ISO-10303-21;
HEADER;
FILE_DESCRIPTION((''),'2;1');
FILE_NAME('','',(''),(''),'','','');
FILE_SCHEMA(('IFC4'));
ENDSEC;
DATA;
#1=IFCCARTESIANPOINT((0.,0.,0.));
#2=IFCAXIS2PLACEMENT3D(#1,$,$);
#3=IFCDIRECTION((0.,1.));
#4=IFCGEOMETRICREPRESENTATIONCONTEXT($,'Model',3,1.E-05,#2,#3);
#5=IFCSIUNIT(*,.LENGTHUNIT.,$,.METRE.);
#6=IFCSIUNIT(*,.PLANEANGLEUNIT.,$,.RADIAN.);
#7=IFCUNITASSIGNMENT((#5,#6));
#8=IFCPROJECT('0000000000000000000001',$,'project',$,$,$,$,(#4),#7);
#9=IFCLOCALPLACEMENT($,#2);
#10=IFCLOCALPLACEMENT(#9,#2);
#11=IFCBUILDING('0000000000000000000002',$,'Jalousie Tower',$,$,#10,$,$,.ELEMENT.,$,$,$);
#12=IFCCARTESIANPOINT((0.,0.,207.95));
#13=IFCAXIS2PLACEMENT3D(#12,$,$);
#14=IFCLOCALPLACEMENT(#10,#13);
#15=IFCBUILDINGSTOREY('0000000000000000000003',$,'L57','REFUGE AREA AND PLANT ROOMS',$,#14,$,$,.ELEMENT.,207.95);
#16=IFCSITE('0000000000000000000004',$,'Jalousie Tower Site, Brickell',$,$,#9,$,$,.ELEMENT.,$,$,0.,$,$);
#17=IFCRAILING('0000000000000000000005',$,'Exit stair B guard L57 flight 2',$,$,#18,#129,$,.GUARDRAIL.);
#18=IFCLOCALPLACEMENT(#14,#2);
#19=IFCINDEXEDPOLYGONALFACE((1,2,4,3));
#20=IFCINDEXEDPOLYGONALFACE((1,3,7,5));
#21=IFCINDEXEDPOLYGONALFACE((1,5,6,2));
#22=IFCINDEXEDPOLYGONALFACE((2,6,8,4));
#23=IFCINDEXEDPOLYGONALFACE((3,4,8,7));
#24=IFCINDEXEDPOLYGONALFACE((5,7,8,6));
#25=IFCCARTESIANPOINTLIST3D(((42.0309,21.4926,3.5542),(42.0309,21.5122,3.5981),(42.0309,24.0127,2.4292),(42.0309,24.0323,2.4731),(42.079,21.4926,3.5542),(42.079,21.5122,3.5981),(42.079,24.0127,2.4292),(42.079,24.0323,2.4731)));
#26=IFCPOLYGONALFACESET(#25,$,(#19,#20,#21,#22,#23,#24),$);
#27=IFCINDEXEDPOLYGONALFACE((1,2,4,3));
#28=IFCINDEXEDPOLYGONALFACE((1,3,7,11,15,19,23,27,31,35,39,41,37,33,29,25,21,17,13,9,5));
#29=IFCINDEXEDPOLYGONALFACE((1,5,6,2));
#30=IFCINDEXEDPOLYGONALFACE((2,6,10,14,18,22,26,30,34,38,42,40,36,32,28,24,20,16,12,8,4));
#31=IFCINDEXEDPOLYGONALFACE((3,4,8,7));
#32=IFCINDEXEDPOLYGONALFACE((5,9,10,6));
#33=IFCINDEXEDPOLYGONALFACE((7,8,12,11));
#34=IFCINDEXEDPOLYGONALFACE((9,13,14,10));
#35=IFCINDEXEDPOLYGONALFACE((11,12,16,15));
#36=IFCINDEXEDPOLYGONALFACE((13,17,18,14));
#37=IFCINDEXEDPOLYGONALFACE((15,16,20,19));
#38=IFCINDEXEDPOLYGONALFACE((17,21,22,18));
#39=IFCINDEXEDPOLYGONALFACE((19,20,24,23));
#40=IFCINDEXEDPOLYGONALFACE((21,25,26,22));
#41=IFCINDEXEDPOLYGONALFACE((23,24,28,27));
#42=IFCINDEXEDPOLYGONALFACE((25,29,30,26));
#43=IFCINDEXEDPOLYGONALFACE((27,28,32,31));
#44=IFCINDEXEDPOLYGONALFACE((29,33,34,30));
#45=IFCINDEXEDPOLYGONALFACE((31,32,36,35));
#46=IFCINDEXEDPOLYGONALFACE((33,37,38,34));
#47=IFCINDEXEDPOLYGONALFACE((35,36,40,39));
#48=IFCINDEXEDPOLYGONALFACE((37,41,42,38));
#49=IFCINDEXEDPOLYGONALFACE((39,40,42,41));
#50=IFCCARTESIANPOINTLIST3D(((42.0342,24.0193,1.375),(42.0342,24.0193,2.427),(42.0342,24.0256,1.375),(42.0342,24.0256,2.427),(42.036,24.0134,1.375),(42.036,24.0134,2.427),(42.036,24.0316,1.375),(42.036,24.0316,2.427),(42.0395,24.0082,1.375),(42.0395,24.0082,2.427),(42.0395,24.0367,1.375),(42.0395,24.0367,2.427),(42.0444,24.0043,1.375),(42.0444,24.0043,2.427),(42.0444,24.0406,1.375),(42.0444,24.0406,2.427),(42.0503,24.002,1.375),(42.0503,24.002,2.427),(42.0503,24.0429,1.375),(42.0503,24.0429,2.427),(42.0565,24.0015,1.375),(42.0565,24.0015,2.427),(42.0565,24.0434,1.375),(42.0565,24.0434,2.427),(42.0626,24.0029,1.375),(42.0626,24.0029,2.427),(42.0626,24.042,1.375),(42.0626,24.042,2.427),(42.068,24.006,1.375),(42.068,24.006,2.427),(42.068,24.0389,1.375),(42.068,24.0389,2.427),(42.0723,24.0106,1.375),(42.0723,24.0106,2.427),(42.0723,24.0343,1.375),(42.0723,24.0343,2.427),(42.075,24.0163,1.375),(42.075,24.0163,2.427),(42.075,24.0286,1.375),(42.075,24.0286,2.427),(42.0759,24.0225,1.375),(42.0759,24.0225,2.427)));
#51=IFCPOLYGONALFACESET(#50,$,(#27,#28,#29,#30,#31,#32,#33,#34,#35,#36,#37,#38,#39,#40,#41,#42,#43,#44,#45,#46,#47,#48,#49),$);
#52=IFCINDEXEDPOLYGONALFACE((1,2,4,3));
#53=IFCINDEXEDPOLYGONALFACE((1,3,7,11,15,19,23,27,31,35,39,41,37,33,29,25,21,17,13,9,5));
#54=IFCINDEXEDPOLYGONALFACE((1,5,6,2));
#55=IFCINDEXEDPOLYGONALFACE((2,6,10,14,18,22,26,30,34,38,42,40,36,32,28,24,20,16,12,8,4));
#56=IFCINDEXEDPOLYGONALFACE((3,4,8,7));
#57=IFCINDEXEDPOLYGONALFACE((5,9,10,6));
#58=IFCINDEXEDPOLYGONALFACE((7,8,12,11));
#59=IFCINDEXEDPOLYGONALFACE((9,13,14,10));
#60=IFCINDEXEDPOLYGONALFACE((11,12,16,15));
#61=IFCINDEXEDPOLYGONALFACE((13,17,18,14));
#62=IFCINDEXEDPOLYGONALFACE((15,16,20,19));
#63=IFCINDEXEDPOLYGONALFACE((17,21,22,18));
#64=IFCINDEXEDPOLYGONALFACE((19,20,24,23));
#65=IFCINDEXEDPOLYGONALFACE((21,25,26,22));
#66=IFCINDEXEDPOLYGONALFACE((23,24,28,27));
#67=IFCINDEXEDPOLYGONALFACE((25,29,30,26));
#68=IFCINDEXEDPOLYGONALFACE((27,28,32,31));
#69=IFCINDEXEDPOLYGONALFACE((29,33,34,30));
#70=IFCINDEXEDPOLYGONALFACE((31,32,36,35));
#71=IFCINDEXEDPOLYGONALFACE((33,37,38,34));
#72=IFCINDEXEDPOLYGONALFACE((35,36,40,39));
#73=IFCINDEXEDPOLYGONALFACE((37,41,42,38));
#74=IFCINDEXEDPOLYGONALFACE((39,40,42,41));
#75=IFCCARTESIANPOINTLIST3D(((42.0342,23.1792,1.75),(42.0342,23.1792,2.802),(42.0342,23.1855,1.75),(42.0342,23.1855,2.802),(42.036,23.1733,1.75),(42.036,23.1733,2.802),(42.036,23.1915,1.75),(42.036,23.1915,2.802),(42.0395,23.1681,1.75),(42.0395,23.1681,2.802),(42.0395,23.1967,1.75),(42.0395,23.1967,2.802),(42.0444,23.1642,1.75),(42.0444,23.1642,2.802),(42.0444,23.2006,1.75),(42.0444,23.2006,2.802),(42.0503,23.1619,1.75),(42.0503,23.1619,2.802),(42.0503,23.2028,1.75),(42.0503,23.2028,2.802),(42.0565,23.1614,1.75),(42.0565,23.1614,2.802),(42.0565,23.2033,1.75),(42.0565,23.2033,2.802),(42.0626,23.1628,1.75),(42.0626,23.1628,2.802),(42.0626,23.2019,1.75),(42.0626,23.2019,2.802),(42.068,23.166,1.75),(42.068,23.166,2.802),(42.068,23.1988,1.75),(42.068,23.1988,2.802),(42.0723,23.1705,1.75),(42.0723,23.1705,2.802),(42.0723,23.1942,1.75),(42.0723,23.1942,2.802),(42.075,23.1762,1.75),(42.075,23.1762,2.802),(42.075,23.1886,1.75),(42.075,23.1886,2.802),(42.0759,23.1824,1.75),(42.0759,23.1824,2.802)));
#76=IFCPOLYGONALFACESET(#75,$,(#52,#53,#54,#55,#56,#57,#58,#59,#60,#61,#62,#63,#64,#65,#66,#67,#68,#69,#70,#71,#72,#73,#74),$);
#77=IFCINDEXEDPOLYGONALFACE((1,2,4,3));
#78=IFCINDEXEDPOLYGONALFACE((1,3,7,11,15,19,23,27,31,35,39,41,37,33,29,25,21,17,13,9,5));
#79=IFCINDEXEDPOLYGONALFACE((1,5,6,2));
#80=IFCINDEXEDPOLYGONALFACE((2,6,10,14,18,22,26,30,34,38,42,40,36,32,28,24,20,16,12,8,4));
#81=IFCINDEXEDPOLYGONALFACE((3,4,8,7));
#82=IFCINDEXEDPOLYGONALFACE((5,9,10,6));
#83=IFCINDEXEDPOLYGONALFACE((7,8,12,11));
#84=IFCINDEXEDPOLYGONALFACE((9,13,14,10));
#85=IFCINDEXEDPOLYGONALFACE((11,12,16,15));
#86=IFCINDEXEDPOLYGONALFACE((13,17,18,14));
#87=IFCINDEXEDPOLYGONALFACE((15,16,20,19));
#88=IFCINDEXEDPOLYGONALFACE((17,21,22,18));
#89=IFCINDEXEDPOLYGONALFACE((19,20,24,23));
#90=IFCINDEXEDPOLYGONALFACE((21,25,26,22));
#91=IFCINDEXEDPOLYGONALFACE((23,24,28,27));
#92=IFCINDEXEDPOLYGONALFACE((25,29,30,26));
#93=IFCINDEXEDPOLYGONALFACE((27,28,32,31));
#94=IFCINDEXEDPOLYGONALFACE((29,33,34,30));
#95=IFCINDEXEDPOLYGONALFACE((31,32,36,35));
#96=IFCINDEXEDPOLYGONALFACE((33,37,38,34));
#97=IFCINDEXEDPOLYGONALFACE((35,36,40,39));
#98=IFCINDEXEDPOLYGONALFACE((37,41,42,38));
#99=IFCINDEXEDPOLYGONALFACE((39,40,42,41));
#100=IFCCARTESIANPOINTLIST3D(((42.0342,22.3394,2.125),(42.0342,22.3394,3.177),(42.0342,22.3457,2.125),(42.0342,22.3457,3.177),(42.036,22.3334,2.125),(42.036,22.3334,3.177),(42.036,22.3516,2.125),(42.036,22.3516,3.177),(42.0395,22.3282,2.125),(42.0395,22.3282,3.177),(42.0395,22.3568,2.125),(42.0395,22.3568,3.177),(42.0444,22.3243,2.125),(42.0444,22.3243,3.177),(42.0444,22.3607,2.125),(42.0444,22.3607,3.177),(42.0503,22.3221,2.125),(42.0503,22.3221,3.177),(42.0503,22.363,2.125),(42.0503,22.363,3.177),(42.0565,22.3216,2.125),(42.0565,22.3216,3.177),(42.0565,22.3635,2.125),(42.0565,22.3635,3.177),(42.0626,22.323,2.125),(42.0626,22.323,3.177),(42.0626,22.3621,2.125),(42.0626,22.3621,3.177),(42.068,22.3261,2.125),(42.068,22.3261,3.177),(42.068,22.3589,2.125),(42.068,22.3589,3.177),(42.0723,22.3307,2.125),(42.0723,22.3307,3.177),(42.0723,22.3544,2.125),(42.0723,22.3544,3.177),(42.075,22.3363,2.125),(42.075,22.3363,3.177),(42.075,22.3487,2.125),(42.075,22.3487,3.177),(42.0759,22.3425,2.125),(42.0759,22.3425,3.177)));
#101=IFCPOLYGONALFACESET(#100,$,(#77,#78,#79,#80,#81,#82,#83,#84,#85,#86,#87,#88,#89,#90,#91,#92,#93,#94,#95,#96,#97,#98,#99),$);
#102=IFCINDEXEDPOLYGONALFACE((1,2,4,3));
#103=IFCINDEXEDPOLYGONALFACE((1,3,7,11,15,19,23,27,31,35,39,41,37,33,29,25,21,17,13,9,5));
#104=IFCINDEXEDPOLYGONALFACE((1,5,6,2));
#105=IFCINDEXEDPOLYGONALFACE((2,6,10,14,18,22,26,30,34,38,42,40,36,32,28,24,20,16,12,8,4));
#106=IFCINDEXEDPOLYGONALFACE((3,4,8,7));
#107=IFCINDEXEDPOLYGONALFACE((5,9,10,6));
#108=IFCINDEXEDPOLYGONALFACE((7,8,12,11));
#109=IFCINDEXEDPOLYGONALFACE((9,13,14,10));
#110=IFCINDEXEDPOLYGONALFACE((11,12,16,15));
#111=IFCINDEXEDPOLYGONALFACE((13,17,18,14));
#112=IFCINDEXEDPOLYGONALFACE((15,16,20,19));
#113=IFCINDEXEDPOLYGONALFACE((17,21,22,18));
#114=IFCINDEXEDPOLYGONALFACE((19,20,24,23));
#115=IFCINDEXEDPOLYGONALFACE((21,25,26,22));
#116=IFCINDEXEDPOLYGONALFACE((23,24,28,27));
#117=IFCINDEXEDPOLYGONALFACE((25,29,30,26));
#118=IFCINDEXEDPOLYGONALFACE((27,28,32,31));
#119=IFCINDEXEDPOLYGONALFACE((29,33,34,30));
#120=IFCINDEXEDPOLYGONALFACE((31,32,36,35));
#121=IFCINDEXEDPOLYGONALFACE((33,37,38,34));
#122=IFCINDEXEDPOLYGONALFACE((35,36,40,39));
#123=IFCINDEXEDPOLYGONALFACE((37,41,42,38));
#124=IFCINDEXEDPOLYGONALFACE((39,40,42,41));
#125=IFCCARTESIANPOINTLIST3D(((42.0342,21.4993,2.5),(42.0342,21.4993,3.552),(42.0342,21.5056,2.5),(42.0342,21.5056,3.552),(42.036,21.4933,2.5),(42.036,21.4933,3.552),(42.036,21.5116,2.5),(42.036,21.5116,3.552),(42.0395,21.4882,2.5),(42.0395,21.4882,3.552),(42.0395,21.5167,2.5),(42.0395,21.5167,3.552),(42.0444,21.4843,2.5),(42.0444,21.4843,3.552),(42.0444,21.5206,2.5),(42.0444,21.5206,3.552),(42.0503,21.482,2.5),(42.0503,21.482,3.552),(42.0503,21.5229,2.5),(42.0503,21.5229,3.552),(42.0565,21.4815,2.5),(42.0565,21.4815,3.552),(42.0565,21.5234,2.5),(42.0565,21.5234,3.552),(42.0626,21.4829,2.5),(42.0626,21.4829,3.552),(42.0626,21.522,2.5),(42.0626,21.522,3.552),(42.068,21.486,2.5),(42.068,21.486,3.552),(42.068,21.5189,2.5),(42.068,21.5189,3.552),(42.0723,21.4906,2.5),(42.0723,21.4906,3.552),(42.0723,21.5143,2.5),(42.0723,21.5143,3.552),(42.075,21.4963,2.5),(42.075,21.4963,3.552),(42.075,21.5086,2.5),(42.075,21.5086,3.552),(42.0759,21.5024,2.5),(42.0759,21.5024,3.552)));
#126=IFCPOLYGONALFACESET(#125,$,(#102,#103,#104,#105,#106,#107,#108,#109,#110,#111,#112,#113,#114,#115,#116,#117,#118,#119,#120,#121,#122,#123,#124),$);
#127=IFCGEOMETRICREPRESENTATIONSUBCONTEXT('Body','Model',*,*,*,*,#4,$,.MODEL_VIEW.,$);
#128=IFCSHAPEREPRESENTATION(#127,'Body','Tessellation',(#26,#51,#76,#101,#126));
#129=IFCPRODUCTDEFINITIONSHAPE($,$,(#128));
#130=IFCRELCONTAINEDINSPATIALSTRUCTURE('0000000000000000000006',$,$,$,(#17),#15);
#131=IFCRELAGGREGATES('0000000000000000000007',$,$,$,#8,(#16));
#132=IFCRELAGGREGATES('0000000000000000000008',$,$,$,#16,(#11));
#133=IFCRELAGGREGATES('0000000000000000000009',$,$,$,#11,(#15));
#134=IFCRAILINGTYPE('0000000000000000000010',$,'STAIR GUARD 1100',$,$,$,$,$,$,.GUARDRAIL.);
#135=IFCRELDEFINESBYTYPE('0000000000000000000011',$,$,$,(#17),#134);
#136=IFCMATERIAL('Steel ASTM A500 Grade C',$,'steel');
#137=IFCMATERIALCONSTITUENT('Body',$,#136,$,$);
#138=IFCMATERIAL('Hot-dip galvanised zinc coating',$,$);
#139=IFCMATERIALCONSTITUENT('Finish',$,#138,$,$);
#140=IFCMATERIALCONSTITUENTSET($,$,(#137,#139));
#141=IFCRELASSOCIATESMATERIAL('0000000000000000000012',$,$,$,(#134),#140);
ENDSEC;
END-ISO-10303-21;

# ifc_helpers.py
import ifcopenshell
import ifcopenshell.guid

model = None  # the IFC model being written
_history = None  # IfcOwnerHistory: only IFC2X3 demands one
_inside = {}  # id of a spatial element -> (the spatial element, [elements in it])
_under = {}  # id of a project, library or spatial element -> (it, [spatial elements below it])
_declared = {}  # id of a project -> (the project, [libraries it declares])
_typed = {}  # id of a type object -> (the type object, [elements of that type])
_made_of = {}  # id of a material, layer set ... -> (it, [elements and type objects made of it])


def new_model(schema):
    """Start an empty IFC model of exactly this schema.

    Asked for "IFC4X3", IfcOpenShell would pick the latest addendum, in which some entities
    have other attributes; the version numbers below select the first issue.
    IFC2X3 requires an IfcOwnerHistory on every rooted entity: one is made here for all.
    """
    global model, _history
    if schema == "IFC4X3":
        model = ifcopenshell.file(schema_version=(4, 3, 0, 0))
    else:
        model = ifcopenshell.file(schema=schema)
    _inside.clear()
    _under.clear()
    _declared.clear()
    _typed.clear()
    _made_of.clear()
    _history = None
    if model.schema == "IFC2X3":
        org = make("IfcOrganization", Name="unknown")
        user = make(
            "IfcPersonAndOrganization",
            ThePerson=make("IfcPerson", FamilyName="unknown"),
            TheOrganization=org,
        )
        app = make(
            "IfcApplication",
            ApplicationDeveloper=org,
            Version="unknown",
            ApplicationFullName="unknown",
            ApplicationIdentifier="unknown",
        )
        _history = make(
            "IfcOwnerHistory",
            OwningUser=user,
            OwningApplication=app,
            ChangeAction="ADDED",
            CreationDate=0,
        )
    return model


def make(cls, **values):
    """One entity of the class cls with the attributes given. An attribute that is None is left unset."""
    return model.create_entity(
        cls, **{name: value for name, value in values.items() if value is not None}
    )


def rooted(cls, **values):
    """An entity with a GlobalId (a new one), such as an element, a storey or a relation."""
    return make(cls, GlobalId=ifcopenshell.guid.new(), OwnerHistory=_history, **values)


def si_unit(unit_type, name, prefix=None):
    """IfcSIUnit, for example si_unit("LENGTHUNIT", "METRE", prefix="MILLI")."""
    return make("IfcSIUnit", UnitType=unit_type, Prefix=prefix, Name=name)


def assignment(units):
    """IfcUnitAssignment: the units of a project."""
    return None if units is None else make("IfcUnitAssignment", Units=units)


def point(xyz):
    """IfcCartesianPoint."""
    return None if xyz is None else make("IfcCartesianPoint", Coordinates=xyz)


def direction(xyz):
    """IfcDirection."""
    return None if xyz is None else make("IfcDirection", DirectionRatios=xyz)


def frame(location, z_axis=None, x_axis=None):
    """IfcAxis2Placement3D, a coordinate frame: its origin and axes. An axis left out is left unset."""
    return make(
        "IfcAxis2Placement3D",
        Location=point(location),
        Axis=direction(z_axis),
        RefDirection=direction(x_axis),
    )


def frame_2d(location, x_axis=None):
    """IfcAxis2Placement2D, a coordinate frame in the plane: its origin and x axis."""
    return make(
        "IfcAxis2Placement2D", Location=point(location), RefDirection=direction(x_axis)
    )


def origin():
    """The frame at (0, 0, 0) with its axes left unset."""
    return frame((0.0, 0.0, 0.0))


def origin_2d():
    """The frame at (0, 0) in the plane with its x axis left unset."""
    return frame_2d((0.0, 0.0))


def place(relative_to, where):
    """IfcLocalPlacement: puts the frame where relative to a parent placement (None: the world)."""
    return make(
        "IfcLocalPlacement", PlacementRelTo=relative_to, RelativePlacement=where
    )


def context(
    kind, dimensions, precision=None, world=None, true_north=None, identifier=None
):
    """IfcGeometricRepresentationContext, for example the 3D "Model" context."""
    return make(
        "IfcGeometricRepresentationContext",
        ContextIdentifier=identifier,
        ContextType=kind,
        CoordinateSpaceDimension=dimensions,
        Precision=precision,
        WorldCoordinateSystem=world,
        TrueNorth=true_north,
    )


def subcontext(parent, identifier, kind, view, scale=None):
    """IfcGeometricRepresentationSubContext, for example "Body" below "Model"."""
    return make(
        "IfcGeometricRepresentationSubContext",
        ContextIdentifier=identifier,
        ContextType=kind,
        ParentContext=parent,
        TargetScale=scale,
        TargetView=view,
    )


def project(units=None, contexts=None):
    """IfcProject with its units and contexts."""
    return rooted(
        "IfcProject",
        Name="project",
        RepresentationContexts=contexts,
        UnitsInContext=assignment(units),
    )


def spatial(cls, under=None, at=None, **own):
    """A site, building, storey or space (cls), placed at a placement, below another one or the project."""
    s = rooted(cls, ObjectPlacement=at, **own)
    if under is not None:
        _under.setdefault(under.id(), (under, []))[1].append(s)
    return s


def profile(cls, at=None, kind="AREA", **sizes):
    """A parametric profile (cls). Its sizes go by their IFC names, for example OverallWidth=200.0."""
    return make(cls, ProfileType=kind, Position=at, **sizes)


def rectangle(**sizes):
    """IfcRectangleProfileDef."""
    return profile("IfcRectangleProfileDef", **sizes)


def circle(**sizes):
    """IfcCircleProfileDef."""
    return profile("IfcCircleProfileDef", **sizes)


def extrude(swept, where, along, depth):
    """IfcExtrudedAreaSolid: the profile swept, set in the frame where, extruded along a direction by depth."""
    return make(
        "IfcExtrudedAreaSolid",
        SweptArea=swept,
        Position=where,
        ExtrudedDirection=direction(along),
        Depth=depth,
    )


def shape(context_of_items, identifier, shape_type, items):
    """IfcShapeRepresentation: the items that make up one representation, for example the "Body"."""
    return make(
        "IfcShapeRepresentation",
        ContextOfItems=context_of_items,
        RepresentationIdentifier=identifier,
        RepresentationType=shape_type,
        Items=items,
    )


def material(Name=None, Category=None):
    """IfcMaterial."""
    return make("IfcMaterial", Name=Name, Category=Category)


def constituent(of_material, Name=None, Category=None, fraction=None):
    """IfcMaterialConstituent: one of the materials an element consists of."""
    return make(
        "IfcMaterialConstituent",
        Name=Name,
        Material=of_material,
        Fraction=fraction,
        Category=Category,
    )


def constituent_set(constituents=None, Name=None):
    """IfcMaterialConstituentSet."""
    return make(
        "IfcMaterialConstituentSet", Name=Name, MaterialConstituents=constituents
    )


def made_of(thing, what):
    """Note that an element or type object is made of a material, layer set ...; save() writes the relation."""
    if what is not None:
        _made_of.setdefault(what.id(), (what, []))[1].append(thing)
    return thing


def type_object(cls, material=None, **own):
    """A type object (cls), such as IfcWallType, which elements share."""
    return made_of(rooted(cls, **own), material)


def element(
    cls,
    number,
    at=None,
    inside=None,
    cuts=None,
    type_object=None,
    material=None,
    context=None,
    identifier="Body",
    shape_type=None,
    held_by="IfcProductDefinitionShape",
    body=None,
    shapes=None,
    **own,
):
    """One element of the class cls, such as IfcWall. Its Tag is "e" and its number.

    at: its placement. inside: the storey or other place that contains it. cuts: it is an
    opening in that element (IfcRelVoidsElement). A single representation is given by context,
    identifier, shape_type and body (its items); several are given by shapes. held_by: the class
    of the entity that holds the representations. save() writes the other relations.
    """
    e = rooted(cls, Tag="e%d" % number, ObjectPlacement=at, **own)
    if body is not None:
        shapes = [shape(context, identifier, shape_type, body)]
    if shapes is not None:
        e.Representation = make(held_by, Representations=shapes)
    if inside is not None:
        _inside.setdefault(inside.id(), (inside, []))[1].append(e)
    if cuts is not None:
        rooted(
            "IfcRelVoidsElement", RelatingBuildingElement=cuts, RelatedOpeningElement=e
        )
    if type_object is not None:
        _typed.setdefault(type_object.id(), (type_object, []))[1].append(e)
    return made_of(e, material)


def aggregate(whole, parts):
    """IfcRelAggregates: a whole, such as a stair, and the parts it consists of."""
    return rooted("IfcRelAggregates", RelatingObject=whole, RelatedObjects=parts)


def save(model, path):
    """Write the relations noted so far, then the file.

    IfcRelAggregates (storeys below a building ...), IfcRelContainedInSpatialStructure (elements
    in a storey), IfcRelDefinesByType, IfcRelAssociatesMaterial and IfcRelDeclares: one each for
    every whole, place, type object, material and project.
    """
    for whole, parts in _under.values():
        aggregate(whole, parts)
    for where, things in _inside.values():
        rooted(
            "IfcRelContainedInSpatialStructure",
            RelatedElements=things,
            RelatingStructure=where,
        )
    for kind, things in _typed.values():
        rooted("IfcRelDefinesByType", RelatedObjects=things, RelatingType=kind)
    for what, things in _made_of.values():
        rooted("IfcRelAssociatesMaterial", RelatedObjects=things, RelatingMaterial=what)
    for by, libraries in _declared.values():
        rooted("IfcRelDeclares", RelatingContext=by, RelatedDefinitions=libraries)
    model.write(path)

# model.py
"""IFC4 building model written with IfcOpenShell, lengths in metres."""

from ifc_helpers import new_model, si_unit, direction, frame, origin, origin_2d, place, context, subcontext, project, spatial, rectangle, circle, extrude, material, constituent, constituent_set, type_object, element, save


model = new_model("IFC4")

# Units and contexts
model_context = context("Model", 3, precision=1e-05, world=origin(), true_north=direction((0.0, 1.0)))
body_context = subcontext(model_context, "Body", "Model", "MODEL_VIEW")
ifc_project = project(units=[si_unit("LENGTHUNIT", "METRE"), si_unit("PLANEANGLEUNIT", "RADIAN")], contexts=[model_context])

# Site, building, storey
site_placement = place(None, origin())
site = spatial("IfcSite", under=ifc_project, at=site_placement, Name="Jalousie Tower Site, Brickell", CompositionType="ELEMENT", RefElevation=0.0)
building_placement = place(site_placement, origin())
building = spatial("IfcBuilding", under=site, at=building_placement, Name="Jalousie Tower", CompositionType="ELEMENT")
storey_placement = place(building_placement, frame((0.0, 0.0, 207.95)))
storey = spatial("IfcBuildingStorey", under=building, at=storey_placement, Name="L57", Description="REFUGE AREA AND PLANT ROOMS", CompositionType="ELEMENT", Elevation=207.95)

# Railing
ifc_material_1 = material(Name="Steel ASTM A500 Grade C", Category="steel")
ifc_constituent_1 = constituent(ifc_material_1, Name="Body")
ifc_material_2 = material(Name="Hot-dip galvanised zinc coating")
ifc_constituent_2 = constituent(ifc_material_2, Name="Finish")
ifc_constituent_set_1 = constituent_set(constituents=[ifc_constituent_1, ifc_constituent_2])
railing_type_1 = type_object("IfcRailingType", Name="STAIR GUARD 1100", PredefinedType="GUARDRAIL", material=ifc_constituent_set_1)
railing_1_placement = place(storey_placement, frame((42.0549, 24.0225, 1.375)))
element("IfcRailing", 1, at=railing_1_placement, inside=storey, type_object=railing_type_1, Name="Exit stair B guard L57 flight 2", PredefinedType="GUARDRAIL", context=body_context, shape_type="SweptSolid", body=[
    extrude(rectangle(XDim=0.0481, YDim=0.0481, at=origin_2d()), frame((0.0, 0.0, 1.0762), z_axis=(0.0, -0.913139, 0.407648), x_axis=(1.0, 0.0, 0.0)), (0.0, 0.0, 1.0), 2.7598),
    extrude(circle(Radius=0.021, at=origin_2d()), origin(), (0.0, 0.0, 1.0), 1.052),
    extrude(circle(Radius=0.021, at=origin_2d()), frame((0.0, -0.8401, 0.375)), (0.0, 0.0, 1.0), 1.052),
    extrude(circle(Radius=0.021, at=origin_2d()), frame((0.0, -1.6799, 0.75)), (0.0, 0.0, 1.0), 1.052),
    extrude(circle(Radius=0.021, at=origin_2d()), frame((0.0, -2.52, 1.125)), (0.0, 0.0, 1.0), 1.052),
])

save(model, "model.ifc")
